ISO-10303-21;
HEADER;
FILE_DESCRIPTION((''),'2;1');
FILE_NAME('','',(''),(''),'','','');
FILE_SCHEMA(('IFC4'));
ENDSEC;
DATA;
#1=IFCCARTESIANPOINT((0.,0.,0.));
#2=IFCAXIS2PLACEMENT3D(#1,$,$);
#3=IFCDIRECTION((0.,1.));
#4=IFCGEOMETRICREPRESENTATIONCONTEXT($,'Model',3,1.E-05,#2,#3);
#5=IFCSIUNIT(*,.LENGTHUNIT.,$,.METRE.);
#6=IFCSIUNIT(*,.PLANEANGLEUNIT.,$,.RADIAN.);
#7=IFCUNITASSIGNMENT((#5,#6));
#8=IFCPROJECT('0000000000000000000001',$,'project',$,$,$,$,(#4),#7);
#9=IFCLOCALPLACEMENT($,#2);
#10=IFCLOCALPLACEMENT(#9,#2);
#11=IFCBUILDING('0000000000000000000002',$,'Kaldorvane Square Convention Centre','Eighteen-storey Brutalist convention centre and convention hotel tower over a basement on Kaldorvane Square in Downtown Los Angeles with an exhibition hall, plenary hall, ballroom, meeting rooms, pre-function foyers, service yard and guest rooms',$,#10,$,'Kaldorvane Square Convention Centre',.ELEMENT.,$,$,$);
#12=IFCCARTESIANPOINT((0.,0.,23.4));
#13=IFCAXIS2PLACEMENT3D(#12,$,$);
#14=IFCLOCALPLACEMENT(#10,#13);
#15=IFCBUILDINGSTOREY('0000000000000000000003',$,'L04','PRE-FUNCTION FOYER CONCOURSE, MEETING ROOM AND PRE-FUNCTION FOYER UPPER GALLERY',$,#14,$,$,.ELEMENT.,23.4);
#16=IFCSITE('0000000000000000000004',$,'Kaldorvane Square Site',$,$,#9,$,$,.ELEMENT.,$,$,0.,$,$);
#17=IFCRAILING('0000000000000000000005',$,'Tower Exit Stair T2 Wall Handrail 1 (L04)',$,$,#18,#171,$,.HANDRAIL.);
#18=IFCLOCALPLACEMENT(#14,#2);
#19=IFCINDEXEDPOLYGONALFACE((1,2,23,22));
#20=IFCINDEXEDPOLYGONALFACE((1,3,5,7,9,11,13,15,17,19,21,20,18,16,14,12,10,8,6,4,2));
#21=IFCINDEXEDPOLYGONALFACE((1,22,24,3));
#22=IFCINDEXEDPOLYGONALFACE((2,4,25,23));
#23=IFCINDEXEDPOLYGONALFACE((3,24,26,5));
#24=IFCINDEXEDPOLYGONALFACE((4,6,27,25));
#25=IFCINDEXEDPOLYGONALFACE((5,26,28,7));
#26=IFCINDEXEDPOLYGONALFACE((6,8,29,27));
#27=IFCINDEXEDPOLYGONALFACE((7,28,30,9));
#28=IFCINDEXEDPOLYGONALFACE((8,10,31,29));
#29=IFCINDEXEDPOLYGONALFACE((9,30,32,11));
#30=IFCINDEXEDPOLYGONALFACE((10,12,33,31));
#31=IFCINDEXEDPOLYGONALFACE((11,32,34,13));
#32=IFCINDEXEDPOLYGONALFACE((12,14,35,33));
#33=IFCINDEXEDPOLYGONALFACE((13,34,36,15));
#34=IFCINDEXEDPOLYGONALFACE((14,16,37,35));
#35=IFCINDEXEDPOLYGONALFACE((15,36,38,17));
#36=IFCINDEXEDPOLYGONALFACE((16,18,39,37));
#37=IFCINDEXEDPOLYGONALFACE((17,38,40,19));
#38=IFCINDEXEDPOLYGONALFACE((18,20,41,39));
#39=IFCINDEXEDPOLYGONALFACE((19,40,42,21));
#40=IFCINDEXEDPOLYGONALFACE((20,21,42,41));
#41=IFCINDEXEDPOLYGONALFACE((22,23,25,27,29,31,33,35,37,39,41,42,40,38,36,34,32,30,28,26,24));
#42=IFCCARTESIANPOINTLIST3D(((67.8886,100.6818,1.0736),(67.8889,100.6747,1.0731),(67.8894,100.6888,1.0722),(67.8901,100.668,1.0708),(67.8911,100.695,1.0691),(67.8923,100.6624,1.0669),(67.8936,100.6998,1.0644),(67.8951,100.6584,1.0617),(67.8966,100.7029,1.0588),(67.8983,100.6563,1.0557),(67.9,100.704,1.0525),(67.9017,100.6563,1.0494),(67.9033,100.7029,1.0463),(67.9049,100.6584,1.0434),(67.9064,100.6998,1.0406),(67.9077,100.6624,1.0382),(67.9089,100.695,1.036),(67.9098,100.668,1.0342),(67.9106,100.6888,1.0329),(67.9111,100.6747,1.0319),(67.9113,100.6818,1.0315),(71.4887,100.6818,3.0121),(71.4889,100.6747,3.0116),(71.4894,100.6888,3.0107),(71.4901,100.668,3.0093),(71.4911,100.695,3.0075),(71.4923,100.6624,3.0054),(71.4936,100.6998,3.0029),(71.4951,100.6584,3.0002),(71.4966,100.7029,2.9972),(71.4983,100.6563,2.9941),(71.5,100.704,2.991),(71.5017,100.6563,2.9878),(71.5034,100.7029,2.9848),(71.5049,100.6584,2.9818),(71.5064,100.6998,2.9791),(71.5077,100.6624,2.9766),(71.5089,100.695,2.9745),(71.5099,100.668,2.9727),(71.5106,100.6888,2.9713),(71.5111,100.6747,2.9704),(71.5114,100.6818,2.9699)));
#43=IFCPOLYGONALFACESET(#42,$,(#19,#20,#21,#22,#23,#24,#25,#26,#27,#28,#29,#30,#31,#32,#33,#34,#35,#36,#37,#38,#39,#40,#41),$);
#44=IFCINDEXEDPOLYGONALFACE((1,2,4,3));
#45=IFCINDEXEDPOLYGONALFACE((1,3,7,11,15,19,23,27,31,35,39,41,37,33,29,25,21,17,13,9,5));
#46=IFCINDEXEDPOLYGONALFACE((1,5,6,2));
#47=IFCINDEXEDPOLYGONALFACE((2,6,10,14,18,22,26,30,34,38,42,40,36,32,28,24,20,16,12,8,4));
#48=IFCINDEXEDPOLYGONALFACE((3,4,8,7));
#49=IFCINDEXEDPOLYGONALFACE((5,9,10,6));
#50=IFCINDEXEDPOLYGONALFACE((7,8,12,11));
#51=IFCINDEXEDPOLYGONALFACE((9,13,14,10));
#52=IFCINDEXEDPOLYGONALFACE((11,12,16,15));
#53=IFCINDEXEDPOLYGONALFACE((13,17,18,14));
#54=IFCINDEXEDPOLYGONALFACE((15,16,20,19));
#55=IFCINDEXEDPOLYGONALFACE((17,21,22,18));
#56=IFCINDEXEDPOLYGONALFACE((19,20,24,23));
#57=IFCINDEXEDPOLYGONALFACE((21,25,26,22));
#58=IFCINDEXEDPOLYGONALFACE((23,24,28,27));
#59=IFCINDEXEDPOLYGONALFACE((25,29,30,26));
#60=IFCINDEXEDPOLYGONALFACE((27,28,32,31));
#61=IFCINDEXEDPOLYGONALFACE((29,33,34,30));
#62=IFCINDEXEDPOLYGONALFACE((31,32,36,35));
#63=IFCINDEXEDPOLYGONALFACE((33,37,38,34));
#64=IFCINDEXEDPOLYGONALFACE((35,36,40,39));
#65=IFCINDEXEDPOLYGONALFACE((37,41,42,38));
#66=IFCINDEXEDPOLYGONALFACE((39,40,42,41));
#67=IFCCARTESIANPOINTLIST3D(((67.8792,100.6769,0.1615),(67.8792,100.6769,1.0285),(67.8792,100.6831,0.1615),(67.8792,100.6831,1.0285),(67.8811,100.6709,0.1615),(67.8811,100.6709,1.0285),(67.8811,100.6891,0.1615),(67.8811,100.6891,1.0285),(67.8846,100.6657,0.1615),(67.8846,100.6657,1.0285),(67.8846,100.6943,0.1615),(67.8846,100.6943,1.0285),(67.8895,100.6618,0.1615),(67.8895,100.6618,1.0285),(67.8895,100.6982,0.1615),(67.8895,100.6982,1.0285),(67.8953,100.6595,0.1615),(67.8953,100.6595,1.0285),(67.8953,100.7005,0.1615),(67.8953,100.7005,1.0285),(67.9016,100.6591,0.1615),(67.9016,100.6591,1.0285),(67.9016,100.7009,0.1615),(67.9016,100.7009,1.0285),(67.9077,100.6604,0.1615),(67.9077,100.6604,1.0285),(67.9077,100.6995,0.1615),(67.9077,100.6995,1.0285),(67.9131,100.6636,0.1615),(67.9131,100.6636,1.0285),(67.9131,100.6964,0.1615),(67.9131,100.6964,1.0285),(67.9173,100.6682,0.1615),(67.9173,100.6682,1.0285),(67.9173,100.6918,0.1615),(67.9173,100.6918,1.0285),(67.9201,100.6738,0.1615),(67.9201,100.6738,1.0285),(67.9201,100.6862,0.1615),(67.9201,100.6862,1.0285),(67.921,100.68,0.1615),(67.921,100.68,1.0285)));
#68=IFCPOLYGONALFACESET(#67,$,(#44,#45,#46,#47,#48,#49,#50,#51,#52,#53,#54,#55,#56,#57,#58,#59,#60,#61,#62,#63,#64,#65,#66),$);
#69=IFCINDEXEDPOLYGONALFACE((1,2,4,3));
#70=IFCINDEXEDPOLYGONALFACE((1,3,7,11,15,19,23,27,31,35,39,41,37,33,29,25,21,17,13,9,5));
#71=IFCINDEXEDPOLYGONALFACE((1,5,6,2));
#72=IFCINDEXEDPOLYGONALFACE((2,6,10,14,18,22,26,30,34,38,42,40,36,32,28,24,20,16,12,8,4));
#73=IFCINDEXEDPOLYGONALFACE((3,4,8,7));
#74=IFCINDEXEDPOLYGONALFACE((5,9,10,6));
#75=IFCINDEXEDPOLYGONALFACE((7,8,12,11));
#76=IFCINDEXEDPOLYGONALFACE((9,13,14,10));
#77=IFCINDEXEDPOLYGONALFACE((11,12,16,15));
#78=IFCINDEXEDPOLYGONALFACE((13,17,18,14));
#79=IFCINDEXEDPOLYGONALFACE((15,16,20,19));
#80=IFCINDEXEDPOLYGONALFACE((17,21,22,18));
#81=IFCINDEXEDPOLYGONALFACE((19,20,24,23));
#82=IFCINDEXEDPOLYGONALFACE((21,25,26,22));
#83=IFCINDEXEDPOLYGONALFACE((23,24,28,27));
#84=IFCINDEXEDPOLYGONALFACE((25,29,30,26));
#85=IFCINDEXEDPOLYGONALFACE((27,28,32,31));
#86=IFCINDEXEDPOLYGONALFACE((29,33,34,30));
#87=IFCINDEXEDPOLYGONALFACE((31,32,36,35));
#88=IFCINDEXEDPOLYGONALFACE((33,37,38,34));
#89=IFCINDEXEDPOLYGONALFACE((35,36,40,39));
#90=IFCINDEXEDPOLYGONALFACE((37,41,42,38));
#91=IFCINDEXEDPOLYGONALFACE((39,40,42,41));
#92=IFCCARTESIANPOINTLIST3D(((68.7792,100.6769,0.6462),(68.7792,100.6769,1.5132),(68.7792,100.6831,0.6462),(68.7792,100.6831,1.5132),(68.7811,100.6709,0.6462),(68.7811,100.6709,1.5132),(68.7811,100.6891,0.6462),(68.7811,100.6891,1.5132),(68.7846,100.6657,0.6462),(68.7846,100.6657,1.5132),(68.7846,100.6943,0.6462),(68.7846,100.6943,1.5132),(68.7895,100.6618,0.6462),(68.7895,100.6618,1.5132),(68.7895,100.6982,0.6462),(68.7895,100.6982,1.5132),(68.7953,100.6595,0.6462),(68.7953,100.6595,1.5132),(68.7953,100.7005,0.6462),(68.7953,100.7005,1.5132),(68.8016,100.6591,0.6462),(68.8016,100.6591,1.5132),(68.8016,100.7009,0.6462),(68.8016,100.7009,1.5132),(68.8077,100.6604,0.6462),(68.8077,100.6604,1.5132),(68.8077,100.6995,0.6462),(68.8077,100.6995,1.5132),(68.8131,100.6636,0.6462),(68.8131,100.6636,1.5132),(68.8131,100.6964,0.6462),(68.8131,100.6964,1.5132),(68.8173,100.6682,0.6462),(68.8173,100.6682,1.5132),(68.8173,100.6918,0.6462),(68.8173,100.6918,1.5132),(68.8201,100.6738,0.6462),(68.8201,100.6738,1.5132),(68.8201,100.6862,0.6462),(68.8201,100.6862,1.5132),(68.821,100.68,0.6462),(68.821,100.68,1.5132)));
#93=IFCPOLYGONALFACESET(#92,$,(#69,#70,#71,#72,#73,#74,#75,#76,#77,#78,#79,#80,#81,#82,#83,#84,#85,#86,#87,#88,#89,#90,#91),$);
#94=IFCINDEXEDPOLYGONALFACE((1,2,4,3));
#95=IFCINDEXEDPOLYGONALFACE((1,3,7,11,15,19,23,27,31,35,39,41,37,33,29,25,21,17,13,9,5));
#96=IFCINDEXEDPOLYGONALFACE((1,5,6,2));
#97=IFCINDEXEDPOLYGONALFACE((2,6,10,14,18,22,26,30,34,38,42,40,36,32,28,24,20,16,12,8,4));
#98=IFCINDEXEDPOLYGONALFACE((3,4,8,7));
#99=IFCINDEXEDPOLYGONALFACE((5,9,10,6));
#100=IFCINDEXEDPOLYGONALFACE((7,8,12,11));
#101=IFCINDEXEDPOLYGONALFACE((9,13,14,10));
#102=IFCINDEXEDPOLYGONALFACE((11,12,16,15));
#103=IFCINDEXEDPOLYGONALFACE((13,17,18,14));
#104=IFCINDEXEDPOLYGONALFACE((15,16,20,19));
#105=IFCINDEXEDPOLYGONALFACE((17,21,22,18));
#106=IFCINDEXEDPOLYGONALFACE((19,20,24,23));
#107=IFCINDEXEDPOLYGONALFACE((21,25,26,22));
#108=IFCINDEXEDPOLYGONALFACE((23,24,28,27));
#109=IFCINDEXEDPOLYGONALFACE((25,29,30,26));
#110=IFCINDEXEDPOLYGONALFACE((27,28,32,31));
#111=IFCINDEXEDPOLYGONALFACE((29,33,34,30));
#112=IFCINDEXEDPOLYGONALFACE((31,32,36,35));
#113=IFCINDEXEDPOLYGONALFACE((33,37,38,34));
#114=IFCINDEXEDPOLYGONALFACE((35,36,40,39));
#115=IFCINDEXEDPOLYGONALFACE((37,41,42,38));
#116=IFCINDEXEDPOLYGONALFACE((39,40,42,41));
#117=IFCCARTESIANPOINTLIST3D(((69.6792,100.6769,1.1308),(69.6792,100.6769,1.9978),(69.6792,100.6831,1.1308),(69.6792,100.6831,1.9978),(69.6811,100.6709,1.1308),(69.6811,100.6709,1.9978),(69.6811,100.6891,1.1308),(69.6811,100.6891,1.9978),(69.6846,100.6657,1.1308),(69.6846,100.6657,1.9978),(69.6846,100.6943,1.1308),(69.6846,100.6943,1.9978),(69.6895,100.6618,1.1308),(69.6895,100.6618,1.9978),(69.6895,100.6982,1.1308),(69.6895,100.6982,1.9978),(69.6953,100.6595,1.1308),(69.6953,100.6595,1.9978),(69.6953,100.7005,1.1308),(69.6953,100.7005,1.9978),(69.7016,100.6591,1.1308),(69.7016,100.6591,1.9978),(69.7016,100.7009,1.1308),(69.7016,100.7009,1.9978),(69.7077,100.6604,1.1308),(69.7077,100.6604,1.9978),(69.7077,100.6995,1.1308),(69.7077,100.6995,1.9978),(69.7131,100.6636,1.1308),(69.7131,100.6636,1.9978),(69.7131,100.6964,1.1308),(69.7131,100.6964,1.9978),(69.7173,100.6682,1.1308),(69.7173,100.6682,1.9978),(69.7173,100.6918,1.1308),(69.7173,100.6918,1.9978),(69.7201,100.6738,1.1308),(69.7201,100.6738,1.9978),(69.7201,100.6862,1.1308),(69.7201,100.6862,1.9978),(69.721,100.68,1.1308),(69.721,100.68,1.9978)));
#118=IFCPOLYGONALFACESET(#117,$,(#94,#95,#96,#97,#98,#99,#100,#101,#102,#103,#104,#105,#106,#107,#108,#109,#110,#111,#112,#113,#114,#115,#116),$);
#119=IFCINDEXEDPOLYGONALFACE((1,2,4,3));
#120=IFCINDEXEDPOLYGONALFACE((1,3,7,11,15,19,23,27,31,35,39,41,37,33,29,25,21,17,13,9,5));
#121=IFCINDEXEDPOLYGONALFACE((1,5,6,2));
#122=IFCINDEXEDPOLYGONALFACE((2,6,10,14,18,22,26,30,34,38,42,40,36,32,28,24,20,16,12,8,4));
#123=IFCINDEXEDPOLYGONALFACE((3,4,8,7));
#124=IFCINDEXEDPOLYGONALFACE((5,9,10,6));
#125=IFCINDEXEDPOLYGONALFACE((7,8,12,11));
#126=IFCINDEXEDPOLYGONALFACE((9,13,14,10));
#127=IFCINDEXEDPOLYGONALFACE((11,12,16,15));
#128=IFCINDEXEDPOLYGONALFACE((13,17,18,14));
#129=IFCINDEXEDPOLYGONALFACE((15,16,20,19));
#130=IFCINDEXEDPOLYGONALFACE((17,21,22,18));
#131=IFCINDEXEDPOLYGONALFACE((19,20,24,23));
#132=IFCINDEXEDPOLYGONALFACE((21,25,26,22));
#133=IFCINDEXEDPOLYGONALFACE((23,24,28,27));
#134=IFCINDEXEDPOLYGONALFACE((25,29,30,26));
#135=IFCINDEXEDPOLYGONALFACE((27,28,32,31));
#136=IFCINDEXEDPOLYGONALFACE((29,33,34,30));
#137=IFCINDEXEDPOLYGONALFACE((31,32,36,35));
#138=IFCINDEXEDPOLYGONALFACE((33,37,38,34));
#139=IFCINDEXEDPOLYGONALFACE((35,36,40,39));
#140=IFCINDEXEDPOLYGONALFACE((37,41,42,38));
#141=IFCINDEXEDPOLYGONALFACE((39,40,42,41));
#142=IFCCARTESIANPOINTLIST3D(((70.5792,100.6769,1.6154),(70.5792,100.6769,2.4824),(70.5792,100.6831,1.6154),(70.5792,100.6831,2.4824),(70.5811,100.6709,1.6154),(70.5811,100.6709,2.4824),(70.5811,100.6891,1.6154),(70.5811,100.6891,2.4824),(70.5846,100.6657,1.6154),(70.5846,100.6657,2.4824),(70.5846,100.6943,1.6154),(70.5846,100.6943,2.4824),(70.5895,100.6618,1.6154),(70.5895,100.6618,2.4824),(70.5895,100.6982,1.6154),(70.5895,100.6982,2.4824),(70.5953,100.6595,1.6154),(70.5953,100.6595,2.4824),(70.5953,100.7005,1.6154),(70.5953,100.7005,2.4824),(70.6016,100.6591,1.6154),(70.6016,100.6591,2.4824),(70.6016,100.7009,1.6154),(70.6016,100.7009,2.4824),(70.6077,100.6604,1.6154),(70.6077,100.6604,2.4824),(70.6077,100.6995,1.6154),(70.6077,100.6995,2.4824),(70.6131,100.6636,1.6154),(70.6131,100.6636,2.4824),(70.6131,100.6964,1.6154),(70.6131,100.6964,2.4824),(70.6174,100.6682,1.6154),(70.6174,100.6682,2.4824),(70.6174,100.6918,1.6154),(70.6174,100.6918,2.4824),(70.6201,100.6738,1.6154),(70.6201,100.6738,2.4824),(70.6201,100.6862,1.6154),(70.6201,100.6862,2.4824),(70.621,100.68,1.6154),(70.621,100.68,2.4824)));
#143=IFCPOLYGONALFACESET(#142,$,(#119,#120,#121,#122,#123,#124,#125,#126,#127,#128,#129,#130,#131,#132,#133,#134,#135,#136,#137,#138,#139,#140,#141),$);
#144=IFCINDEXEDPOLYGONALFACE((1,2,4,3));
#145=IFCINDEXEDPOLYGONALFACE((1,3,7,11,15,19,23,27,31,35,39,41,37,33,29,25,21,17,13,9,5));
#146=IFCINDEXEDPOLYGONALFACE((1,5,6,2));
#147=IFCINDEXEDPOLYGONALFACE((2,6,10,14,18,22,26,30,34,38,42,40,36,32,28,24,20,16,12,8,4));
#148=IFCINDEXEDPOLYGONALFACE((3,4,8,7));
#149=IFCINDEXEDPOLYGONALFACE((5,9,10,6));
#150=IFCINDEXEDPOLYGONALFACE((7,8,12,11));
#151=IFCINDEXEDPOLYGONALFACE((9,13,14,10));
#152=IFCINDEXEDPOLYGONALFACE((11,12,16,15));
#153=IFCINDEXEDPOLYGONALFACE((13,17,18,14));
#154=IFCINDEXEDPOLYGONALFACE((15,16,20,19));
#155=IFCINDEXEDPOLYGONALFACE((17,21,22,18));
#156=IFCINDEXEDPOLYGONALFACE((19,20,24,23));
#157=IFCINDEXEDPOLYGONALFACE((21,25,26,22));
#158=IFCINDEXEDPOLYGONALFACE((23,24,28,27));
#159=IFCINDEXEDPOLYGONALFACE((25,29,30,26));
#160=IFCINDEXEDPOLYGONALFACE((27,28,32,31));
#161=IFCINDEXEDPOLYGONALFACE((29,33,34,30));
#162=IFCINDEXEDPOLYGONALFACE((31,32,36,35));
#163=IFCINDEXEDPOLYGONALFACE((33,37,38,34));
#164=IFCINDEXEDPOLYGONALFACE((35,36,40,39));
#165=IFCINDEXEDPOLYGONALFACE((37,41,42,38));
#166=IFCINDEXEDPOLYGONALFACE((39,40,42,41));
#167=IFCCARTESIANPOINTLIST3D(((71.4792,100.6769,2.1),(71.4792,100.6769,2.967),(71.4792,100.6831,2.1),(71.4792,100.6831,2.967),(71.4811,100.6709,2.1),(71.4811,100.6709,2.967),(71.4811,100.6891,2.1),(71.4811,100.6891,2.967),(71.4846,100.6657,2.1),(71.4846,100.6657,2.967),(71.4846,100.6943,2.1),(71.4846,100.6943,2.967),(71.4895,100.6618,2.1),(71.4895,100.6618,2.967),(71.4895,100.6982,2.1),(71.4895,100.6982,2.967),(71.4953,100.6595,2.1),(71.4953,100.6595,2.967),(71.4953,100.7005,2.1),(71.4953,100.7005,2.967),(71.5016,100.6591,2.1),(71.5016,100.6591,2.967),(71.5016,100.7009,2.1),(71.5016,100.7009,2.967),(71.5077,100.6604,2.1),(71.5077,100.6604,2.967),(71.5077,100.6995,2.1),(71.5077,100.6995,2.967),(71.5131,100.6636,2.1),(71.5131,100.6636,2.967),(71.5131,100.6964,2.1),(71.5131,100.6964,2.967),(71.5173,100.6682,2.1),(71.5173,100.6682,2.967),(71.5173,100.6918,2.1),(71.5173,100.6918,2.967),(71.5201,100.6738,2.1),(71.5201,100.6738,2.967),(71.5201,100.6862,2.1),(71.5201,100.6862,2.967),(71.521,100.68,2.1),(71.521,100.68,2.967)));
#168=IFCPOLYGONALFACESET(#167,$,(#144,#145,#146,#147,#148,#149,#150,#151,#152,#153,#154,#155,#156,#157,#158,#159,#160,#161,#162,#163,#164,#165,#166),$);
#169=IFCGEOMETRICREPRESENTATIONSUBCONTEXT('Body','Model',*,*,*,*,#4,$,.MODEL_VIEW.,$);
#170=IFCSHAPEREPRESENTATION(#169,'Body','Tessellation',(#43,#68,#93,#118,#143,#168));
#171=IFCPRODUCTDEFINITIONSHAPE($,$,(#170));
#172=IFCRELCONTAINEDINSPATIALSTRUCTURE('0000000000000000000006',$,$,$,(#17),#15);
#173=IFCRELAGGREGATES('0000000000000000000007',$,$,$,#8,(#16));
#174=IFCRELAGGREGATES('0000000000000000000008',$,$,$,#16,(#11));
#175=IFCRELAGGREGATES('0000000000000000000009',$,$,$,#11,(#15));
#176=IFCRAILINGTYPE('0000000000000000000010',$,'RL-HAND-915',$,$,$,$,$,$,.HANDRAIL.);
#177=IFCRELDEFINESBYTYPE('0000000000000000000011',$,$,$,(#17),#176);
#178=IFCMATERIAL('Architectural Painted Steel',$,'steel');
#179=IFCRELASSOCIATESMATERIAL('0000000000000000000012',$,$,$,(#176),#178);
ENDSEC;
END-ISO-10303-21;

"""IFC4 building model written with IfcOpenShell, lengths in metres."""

from ifc_helpers import new_model, si_unit, direction, frame, origin, origin_2d, place, context, subcontext, project, spatial, circle, extrude, material, type_object, element, save


model = new_model("IFC4")

# Units and contexts
model_context = context("Model", 3, precision=1e-05, world=origin(), true_north=direction((0.0, 1.0)))
body_context = subcontext(model_context, "Body", "Model", "MODEL_VIEW")
ifc_project = project(units=[si_unit("LENGTHUNIT", "METRE"), si_unit("PLANEANGLEUNIT", "RADIAN")], contexts=[model_context])

# Site, building, storey
site_placement = place(None, origin())
site = spatial("IfcSite", under=ifc_project, at=site_placement, Name="Kaldorvane Square Site", CompositionType="ELEMENT", RefElevation=0.0)
building_placement = place(site_placement, origin())
building = spatial("IfcBuilding", under=site, at=building_placement, Name="Kaldorvane Square Convention Centre", Description="Eighteen-storey Brutalist convention centre and convention hotel tower over a basement on Kaldorvane Square in Downtown Los Angeles with an exhibition hall, plenary hall, ballroom, meeting rooms, pre-function foyers, service yard and guest rooms", LongName="Kaldorvane Square Convention Centre", CompositionType="ELEMENT")
storey_placement = place(building_placement, frame((0.0, 0.0, 23.4)))
storey = spatial("IfcBuildingStorey", under=building, at=storey_placement, Name="L04", Description="PRE-FUNCTION FOYER CONCOURSE, MEETING ROOM AND PRE-FUNCTION FOYER UPPER GALLERY", CompositionType="ELEMENT", Elevation=23.4)

# Railing
ifc_material_1 = material(Name="Architectural Painted Steel", Category="steel")
railing_type_1 = type_object("IfcRailingType", Name="RL-HAND-915", PredefinedType="HANDRAIL", material=ifc_material_1)
railing_1_placement = place(storey_placement, frame((67.9, 100.68, 0.1615)))
element("IfcRailing", 1, at=railing_1_placement, inside=storey, type_object=railing_type_1, Name="Tower Exit Stair T2 Wall Handrail 1 (L04)", PredefinedType="HANDRAIL", context=body_context, shape_type="SweptSolid", body=[
    extrude(circle(Radius=0.024, at=origin_2d()), frame((0.0, 0.0, 0.891), z_axis=(0.880471, 0.0, 0.474099), x_axis=(0.0, 1.0, 0.0)), (0.0, 0.0, 1.0), 4.0887),
    extrude(circle(Radius=0.021, at=origin_2d()), origin(), (0.0, 0.0, 1.0), 0.867),
    extrude(circle(Radius=0.021, at=origin_2d()), frame((0.9, 0.0, 0.4846)), (0.0, 0.0, 1.0), 0.867),
    extrude(circle(Radius=0.021, at=origin_2d()), frame((1.8, 0.0, 0.9692)), (0.0, 0.0, 1.0), 0.867),
    extrude(circle(Radius=0.021, at=origin_2d()), frame((2.7, 0.0, 1.4538)), (0.0, 0.0, 1.0), 0.867),
    extrude(circle(Radius=0.021, at=origin_2d()), frame((3.6, 0.0, 1.9385)), (0.0, 0.0, 1.0), 0.867),
])

save(model, "model.ifc")
